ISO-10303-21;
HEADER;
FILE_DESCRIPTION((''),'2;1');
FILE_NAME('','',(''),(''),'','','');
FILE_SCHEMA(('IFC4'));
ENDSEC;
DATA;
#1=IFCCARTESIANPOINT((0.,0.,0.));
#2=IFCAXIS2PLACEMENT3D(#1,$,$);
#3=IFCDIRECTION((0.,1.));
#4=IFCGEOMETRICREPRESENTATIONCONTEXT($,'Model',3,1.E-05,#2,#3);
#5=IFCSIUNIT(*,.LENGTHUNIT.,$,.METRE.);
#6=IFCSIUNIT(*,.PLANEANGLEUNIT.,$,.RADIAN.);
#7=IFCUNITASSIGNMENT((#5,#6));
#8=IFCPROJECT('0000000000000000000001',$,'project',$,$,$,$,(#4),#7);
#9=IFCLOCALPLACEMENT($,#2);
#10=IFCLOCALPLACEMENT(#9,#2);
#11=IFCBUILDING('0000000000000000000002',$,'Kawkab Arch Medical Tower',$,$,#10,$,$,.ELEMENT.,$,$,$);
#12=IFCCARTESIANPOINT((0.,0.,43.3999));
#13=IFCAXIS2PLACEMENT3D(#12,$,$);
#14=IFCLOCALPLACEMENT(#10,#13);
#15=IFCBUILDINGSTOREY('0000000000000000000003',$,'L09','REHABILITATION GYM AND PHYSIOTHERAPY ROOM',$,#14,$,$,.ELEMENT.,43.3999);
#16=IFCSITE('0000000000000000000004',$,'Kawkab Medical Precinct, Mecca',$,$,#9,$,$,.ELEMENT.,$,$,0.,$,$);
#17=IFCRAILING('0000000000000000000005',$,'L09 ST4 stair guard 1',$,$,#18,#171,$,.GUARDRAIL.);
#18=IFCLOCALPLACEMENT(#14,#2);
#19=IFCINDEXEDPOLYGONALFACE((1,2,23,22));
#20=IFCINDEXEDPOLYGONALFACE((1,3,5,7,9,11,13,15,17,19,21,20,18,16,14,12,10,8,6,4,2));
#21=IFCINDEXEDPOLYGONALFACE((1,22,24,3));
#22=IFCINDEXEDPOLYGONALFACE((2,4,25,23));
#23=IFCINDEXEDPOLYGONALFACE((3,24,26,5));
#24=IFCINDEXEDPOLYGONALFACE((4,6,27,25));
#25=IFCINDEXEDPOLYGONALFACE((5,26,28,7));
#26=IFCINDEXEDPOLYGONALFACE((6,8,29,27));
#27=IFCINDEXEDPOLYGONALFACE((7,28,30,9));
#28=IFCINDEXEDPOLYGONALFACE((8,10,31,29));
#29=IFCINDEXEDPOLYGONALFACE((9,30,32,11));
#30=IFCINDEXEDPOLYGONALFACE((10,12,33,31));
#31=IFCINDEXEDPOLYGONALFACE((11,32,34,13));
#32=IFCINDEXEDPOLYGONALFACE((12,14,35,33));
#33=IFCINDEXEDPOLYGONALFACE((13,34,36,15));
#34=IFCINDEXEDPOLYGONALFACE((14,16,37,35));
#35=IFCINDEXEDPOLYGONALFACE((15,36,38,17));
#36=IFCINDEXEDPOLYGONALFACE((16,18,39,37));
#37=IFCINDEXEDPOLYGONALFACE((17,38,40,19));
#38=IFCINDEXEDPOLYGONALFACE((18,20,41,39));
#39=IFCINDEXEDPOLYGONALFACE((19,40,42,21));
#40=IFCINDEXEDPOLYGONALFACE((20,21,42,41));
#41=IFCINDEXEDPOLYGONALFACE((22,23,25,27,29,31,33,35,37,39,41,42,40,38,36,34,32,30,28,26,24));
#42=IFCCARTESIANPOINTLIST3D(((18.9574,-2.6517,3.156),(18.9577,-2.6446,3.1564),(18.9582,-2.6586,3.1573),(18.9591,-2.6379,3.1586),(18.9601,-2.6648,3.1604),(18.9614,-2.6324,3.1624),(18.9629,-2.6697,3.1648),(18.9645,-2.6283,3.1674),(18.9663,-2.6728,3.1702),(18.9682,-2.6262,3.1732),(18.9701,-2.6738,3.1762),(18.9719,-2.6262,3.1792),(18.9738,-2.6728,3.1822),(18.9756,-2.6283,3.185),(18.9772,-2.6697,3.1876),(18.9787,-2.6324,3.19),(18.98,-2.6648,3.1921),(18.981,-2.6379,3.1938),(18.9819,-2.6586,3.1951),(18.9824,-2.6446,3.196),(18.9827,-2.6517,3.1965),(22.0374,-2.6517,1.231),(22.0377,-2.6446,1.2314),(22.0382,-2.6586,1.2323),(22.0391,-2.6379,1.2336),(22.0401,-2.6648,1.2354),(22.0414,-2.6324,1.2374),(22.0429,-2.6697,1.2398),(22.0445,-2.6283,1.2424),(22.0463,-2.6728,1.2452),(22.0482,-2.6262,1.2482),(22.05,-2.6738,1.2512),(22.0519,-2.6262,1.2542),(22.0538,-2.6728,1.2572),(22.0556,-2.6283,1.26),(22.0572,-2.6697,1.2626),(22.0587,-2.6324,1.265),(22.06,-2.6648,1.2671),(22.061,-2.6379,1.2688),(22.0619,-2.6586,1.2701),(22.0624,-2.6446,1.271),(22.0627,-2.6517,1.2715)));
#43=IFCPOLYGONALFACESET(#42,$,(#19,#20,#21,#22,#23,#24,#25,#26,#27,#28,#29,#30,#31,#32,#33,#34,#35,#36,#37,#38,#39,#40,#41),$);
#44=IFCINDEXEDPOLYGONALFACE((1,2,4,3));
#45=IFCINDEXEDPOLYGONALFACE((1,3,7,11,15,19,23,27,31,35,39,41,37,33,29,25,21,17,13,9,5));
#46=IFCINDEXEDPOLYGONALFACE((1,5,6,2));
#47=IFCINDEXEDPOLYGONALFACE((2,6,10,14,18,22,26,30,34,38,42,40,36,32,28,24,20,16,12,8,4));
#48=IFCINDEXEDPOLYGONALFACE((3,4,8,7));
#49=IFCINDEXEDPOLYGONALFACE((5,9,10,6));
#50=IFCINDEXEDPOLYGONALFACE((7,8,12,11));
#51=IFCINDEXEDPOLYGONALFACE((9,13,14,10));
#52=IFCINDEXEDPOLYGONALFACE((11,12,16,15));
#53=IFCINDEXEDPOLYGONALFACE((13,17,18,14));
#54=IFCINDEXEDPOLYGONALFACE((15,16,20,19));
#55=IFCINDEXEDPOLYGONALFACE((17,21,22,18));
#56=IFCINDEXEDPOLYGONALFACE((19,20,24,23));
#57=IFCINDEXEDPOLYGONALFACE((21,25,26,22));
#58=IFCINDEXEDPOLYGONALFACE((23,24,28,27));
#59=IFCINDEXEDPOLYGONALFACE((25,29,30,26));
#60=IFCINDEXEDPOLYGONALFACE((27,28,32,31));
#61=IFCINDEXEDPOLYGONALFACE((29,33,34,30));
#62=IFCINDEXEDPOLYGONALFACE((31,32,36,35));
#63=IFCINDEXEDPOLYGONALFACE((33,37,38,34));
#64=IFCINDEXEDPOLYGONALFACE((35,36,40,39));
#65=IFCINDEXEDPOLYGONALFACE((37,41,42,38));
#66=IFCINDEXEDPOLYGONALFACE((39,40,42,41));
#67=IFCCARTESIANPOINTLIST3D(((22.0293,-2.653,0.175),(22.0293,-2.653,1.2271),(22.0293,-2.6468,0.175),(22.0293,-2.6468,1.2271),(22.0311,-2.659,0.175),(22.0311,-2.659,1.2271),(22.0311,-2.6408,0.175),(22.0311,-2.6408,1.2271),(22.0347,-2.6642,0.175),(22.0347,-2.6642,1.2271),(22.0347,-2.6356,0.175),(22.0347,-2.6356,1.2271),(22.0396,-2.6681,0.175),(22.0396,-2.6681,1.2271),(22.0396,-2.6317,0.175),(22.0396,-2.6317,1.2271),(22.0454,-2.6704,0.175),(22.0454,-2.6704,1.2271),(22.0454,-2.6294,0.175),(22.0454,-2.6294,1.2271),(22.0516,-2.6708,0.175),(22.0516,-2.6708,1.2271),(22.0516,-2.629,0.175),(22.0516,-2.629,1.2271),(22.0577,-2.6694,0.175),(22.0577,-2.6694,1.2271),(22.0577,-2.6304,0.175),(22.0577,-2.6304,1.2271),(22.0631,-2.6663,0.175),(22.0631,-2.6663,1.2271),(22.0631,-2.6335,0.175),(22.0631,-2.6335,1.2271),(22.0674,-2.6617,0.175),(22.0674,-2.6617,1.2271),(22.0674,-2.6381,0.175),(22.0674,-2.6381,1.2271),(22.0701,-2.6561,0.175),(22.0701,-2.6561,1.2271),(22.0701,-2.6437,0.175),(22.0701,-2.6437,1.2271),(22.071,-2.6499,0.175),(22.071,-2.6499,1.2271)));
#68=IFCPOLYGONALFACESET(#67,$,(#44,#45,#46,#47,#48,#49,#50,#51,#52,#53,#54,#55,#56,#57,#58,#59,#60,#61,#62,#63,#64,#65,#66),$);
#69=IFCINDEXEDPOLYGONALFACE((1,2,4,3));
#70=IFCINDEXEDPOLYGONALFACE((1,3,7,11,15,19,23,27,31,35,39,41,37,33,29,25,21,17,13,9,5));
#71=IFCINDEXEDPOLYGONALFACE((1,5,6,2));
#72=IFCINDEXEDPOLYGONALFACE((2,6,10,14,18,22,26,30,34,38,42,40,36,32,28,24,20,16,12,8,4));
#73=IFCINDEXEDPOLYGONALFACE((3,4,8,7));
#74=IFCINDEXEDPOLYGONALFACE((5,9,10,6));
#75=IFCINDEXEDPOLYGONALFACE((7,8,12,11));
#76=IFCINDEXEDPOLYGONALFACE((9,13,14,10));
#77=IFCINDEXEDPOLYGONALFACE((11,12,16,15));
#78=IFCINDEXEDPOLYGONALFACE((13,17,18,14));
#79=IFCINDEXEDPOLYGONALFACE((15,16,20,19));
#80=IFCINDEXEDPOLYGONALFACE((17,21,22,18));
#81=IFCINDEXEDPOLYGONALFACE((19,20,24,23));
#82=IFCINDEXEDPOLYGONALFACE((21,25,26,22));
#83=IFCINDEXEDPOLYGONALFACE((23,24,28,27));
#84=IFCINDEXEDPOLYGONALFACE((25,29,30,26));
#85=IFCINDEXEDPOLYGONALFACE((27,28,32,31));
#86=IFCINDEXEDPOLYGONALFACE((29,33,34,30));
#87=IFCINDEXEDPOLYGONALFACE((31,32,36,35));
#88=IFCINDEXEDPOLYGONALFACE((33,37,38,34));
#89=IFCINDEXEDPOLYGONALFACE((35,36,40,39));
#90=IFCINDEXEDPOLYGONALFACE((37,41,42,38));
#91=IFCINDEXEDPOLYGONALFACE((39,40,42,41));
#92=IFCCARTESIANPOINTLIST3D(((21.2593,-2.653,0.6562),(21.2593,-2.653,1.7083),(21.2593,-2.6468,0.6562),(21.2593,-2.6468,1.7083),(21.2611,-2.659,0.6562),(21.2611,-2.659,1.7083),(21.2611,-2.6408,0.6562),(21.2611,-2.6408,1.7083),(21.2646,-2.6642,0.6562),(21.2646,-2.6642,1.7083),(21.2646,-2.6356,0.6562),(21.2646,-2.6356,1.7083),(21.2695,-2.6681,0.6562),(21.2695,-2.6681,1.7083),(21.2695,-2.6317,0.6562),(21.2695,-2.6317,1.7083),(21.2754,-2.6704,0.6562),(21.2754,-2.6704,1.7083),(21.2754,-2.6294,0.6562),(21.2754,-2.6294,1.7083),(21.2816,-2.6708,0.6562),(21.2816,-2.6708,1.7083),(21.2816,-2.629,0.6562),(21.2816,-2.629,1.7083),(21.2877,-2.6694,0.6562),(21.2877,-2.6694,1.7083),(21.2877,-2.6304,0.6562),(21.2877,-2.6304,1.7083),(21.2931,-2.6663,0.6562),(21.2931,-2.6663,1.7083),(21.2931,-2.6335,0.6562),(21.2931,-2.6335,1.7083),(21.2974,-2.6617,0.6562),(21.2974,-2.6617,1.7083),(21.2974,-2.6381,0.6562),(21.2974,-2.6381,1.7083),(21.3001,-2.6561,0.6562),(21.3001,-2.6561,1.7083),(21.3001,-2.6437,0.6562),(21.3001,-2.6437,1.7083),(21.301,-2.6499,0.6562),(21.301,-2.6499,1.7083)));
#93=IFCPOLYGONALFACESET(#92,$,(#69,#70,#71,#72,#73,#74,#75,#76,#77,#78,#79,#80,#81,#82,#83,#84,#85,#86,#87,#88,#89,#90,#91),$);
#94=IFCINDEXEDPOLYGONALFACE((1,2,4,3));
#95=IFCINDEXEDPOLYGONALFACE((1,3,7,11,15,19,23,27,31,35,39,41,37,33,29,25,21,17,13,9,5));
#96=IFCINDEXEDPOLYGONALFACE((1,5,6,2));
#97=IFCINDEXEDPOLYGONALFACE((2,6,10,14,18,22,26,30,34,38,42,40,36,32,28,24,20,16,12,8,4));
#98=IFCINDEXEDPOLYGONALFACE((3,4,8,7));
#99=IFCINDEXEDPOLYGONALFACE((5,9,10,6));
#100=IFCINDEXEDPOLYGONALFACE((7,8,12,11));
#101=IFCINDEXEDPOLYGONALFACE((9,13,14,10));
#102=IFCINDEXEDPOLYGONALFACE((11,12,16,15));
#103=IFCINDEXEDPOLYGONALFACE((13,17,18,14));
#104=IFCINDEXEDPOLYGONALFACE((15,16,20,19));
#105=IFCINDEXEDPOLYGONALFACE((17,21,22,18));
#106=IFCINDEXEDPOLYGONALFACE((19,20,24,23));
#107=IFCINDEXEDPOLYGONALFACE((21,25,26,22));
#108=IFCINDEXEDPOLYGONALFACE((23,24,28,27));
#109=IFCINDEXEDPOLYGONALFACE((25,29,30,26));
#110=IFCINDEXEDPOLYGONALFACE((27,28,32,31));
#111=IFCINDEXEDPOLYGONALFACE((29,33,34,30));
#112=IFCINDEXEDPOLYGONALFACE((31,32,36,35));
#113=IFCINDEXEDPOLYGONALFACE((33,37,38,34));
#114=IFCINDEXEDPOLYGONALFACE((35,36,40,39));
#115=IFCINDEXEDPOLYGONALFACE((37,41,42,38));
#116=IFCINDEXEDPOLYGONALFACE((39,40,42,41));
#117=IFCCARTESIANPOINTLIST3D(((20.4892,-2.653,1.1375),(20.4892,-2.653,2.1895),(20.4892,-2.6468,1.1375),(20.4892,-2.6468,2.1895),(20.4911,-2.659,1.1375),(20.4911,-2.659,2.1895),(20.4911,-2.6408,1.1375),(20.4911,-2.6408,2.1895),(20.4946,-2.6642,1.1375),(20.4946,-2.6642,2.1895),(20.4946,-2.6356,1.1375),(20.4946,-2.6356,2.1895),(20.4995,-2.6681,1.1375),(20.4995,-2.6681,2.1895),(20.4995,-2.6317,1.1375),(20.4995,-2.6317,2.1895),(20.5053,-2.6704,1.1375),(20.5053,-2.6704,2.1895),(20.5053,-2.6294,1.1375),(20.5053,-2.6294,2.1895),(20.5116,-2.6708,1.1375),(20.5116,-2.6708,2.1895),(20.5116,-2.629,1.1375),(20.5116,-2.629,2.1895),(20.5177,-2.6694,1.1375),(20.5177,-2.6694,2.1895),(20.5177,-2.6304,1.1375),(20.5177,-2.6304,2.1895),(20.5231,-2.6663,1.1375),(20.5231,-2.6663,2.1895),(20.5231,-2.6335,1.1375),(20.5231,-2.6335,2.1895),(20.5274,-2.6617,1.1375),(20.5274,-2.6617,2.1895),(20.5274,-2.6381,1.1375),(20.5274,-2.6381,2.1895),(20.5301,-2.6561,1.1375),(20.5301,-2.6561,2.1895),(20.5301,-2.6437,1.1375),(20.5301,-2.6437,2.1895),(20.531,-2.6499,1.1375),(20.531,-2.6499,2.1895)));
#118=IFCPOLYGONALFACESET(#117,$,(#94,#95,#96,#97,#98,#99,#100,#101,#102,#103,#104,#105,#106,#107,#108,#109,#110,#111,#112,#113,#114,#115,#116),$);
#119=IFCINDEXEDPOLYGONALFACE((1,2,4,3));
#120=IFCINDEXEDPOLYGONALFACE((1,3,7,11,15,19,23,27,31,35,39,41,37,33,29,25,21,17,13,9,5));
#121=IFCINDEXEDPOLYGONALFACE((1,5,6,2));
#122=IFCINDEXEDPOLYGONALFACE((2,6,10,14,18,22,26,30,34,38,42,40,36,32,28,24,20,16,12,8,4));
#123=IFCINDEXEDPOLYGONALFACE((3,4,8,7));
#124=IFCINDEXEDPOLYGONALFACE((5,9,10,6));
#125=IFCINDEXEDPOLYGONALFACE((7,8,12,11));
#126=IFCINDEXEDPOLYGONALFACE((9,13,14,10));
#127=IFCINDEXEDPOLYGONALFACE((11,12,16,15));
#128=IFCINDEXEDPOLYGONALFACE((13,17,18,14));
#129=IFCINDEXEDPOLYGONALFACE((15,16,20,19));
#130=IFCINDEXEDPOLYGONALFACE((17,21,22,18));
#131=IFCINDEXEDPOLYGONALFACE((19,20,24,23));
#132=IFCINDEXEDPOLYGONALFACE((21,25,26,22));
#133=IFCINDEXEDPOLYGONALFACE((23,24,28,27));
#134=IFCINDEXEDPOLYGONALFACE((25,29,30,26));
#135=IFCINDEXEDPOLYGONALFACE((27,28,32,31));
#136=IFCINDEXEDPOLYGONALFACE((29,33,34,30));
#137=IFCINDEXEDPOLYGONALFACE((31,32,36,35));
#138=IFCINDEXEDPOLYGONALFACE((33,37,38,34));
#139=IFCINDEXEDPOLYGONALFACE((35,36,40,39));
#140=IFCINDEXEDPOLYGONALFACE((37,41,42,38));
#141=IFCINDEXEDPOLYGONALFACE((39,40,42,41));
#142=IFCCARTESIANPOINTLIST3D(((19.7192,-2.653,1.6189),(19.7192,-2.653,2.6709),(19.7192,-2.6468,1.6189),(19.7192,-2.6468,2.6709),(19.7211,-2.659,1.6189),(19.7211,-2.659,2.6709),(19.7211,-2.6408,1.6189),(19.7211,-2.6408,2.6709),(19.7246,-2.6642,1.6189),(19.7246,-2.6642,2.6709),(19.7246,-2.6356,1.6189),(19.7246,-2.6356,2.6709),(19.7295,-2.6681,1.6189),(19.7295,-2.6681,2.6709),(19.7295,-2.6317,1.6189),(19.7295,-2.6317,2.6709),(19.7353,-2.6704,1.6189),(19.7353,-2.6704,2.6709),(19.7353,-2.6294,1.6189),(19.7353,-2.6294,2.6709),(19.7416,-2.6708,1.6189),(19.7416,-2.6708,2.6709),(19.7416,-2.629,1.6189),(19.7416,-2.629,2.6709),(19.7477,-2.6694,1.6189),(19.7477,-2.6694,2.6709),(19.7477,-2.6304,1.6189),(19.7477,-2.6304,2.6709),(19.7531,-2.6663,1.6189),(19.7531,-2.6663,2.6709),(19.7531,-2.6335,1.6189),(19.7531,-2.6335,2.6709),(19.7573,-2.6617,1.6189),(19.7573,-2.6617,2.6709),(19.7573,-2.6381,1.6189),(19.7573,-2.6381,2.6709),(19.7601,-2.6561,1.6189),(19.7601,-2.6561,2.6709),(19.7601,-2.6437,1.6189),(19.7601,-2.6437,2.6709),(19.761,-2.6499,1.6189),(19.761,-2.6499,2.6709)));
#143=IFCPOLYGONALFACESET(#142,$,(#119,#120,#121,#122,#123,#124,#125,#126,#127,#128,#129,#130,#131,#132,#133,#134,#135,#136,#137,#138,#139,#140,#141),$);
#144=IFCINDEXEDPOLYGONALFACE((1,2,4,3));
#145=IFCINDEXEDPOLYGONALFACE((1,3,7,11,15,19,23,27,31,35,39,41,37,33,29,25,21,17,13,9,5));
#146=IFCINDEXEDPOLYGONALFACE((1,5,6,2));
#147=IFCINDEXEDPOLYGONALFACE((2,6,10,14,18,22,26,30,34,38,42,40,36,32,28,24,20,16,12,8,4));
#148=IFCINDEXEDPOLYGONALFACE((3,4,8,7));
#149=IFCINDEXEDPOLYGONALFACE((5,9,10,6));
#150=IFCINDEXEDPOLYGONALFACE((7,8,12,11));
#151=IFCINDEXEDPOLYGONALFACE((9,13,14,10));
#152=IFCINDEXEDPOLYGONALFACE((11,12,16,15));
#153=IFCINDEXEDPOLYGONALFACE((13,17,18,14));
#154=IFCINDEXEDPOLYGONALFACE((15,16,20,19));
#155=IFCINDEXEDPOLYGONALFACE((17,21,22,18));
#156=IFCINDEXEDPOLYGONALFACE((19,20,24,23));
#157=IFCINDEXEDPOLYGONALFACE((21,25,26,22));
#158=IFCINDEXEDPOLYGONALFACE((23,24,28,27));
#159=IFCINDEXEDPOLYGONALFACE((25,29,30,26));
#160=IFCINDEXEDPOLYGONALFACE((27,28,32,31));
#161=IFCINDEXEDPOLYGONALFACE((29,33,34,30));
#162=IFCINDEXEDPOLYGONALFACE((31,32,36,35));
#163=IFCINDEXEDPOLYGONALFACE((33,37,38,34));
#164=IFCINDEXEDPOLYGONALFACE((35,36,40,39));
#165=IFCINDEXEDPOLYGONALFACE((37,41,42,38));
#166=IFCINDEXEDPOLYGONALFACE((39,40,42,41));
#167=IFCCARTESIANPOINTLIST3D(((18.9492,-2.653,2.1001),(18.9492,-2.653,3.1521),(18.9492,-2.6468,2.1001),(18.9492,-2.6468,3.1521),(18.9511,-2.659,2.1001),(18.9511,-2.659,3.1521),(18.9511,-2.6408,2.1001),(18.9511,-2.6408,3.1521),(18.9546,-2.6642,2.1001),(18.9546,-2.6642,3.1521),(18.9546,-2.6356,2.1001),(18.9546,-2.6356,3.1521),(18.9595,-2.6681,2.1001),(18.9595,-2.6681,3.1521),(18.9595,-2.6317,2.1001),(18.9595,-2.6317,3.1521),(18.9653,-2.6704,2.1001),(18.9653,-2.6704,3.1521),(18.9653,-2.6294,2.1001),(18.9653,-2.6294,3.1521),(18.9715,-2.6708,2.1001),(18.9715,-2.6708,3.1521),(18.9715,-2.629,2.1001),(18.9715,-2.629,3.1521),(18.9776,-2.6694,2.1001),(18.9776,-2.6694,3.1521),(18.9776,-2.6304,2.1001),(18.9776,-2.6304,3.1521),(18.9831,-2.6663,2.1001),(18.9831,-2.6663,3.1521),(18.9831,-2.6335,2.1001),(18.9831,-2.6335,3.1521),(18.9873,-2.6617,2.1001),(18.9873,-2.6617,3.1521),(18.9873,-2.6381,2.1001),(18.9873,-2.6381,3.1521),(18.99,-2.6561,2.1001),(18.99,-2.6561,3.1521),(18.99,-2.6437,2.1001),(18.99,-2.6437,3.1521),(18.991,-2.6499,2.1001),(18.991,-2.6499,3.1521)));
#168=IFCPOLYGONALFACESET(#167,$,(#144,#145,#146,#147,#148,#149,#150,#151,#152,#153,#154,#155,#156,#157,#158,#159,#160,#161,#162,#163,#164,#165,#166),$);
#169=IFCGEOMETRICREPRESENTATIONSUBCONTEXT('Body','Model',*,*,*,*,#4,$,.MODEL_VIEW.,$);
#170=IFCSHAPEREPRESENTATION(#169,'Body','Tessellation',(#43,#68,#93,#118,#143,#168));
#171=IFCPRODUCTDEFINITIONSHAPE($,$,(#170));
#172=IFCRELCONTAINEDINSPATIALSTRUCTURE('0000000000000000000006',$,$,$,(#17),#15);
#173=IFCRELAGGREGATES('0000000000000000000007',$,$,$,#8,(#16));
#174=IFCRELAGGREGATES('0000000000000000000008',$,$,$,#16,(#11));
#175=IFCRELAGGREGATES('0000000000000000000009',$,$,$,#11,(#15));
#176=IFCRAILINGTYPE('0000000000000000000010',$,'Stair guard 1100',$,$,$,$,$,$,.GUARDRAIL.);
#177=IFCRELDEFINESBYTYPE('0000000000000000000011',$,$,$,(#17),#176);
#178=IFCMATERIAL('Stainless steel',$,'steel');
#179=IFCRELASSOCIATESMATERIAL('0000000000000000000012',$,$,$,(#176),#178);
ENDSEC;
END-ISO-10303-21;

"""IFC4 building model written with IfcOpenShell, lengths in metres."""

from ifc_helpers import new_model, si_unit, direction, frame, origin, origin_2d, place, context, subcontext, project, spatial, circle, extrude, material, type_object, element, save


model = new_model("IFC4")

# Units and contexts
model_context = context("Model", 3, precision=1e-05, world=origin(), true_north=direction((0.0, 1.0)))
body_context = subcontext(model_context, "Body", "Model", "MODEL_VIEW")
ifc_project = project(units=[si_unit("LENGTHUNIT", "METRE"), si_unit("PLANEANGLEUNIT", "RADIAN")], contexts=[model_context])

# Site, building, storey
site_placement = place(None, origin())
site = spatial("IfcSite", under=ifc_project, at=site_placement, Name="Kawkab Medical Precinct, Mecca", CompositionType="ELEMENT", RefElevation=0.0)
building_placement = place(site_placement, origin())
building = spatial("IfcBuilding", under=site, at=building_placement, Name="Kawkab Arch Medical Tower", CompositionType="ELEMENT")
storey_placement = place(building_placement, frame((0.0, 0.0, 43.3999)))
storey = spatial("IfcBuildingStorey", under=building, at=storey_placement, Name="L09", Description="REHABILITATION GYM AND PHYSIOTHERAPY ROOM", CompositionType="ELEMENT", Elevation=43.3999)

# Railing
ifc_material_1 = material(Name="Stainless steel", Category="steel")
railing_type_1 = type_object("IfcRailingType", Name="Stair guard 1100", PredefinedType="GUARDRAIL", material=ifc_material_1)
railing_1_placement = place(storey_placement, frame((22.05, -2.6499, 0.175)))
element("IfcRailing", 1, at=railing_1_placement, inside=storey, type_object=railing_type_1, Name="L09 ST4 stair guard 1", PredefinedType="GUARDRAIL", context=body_context, shape_type="SweptSolid", body=[
    extrude(circle(Radius=0.0239, at=origin_2d()), frame((0.0, 0.0, 1.0762), z_axis=(-0.847998, 0.0, 0.529999), x_axis=(0.0, -1.0, 0.0)), (0.0, 0.0, 1.0), 3.6321),
    extrude(circle(Radius=0.021, at=origin_2d()), origin(), (0.0, 0.0, 1.0), 1.052),
    extrude(circle(Radius=0.021, at=origin_2d()), frame((-0.77, 0.0, 0.4812)), (0.0, 0.0, 1.0), 1.052),
    extrude(circle(Radius=0.021, at=origin_2d()), frame((-1.54, 0.0, 0.9624)), (0.0, 0.0, 1.0), 1.052),
    extrude(circle(Radius=0.021, at=origin_2d()), frame((-2.3101, 0.0, 1.4438)), (0.0, 0.0, 1.0), 1.052),
    extrude(circle(Radius=0.021, at=origin_2d()), frame((-3.0801, 0.0, 1.925)), (0.0, 0.0, 1.0), 1.052),
])

save(model, "model.ifc")
